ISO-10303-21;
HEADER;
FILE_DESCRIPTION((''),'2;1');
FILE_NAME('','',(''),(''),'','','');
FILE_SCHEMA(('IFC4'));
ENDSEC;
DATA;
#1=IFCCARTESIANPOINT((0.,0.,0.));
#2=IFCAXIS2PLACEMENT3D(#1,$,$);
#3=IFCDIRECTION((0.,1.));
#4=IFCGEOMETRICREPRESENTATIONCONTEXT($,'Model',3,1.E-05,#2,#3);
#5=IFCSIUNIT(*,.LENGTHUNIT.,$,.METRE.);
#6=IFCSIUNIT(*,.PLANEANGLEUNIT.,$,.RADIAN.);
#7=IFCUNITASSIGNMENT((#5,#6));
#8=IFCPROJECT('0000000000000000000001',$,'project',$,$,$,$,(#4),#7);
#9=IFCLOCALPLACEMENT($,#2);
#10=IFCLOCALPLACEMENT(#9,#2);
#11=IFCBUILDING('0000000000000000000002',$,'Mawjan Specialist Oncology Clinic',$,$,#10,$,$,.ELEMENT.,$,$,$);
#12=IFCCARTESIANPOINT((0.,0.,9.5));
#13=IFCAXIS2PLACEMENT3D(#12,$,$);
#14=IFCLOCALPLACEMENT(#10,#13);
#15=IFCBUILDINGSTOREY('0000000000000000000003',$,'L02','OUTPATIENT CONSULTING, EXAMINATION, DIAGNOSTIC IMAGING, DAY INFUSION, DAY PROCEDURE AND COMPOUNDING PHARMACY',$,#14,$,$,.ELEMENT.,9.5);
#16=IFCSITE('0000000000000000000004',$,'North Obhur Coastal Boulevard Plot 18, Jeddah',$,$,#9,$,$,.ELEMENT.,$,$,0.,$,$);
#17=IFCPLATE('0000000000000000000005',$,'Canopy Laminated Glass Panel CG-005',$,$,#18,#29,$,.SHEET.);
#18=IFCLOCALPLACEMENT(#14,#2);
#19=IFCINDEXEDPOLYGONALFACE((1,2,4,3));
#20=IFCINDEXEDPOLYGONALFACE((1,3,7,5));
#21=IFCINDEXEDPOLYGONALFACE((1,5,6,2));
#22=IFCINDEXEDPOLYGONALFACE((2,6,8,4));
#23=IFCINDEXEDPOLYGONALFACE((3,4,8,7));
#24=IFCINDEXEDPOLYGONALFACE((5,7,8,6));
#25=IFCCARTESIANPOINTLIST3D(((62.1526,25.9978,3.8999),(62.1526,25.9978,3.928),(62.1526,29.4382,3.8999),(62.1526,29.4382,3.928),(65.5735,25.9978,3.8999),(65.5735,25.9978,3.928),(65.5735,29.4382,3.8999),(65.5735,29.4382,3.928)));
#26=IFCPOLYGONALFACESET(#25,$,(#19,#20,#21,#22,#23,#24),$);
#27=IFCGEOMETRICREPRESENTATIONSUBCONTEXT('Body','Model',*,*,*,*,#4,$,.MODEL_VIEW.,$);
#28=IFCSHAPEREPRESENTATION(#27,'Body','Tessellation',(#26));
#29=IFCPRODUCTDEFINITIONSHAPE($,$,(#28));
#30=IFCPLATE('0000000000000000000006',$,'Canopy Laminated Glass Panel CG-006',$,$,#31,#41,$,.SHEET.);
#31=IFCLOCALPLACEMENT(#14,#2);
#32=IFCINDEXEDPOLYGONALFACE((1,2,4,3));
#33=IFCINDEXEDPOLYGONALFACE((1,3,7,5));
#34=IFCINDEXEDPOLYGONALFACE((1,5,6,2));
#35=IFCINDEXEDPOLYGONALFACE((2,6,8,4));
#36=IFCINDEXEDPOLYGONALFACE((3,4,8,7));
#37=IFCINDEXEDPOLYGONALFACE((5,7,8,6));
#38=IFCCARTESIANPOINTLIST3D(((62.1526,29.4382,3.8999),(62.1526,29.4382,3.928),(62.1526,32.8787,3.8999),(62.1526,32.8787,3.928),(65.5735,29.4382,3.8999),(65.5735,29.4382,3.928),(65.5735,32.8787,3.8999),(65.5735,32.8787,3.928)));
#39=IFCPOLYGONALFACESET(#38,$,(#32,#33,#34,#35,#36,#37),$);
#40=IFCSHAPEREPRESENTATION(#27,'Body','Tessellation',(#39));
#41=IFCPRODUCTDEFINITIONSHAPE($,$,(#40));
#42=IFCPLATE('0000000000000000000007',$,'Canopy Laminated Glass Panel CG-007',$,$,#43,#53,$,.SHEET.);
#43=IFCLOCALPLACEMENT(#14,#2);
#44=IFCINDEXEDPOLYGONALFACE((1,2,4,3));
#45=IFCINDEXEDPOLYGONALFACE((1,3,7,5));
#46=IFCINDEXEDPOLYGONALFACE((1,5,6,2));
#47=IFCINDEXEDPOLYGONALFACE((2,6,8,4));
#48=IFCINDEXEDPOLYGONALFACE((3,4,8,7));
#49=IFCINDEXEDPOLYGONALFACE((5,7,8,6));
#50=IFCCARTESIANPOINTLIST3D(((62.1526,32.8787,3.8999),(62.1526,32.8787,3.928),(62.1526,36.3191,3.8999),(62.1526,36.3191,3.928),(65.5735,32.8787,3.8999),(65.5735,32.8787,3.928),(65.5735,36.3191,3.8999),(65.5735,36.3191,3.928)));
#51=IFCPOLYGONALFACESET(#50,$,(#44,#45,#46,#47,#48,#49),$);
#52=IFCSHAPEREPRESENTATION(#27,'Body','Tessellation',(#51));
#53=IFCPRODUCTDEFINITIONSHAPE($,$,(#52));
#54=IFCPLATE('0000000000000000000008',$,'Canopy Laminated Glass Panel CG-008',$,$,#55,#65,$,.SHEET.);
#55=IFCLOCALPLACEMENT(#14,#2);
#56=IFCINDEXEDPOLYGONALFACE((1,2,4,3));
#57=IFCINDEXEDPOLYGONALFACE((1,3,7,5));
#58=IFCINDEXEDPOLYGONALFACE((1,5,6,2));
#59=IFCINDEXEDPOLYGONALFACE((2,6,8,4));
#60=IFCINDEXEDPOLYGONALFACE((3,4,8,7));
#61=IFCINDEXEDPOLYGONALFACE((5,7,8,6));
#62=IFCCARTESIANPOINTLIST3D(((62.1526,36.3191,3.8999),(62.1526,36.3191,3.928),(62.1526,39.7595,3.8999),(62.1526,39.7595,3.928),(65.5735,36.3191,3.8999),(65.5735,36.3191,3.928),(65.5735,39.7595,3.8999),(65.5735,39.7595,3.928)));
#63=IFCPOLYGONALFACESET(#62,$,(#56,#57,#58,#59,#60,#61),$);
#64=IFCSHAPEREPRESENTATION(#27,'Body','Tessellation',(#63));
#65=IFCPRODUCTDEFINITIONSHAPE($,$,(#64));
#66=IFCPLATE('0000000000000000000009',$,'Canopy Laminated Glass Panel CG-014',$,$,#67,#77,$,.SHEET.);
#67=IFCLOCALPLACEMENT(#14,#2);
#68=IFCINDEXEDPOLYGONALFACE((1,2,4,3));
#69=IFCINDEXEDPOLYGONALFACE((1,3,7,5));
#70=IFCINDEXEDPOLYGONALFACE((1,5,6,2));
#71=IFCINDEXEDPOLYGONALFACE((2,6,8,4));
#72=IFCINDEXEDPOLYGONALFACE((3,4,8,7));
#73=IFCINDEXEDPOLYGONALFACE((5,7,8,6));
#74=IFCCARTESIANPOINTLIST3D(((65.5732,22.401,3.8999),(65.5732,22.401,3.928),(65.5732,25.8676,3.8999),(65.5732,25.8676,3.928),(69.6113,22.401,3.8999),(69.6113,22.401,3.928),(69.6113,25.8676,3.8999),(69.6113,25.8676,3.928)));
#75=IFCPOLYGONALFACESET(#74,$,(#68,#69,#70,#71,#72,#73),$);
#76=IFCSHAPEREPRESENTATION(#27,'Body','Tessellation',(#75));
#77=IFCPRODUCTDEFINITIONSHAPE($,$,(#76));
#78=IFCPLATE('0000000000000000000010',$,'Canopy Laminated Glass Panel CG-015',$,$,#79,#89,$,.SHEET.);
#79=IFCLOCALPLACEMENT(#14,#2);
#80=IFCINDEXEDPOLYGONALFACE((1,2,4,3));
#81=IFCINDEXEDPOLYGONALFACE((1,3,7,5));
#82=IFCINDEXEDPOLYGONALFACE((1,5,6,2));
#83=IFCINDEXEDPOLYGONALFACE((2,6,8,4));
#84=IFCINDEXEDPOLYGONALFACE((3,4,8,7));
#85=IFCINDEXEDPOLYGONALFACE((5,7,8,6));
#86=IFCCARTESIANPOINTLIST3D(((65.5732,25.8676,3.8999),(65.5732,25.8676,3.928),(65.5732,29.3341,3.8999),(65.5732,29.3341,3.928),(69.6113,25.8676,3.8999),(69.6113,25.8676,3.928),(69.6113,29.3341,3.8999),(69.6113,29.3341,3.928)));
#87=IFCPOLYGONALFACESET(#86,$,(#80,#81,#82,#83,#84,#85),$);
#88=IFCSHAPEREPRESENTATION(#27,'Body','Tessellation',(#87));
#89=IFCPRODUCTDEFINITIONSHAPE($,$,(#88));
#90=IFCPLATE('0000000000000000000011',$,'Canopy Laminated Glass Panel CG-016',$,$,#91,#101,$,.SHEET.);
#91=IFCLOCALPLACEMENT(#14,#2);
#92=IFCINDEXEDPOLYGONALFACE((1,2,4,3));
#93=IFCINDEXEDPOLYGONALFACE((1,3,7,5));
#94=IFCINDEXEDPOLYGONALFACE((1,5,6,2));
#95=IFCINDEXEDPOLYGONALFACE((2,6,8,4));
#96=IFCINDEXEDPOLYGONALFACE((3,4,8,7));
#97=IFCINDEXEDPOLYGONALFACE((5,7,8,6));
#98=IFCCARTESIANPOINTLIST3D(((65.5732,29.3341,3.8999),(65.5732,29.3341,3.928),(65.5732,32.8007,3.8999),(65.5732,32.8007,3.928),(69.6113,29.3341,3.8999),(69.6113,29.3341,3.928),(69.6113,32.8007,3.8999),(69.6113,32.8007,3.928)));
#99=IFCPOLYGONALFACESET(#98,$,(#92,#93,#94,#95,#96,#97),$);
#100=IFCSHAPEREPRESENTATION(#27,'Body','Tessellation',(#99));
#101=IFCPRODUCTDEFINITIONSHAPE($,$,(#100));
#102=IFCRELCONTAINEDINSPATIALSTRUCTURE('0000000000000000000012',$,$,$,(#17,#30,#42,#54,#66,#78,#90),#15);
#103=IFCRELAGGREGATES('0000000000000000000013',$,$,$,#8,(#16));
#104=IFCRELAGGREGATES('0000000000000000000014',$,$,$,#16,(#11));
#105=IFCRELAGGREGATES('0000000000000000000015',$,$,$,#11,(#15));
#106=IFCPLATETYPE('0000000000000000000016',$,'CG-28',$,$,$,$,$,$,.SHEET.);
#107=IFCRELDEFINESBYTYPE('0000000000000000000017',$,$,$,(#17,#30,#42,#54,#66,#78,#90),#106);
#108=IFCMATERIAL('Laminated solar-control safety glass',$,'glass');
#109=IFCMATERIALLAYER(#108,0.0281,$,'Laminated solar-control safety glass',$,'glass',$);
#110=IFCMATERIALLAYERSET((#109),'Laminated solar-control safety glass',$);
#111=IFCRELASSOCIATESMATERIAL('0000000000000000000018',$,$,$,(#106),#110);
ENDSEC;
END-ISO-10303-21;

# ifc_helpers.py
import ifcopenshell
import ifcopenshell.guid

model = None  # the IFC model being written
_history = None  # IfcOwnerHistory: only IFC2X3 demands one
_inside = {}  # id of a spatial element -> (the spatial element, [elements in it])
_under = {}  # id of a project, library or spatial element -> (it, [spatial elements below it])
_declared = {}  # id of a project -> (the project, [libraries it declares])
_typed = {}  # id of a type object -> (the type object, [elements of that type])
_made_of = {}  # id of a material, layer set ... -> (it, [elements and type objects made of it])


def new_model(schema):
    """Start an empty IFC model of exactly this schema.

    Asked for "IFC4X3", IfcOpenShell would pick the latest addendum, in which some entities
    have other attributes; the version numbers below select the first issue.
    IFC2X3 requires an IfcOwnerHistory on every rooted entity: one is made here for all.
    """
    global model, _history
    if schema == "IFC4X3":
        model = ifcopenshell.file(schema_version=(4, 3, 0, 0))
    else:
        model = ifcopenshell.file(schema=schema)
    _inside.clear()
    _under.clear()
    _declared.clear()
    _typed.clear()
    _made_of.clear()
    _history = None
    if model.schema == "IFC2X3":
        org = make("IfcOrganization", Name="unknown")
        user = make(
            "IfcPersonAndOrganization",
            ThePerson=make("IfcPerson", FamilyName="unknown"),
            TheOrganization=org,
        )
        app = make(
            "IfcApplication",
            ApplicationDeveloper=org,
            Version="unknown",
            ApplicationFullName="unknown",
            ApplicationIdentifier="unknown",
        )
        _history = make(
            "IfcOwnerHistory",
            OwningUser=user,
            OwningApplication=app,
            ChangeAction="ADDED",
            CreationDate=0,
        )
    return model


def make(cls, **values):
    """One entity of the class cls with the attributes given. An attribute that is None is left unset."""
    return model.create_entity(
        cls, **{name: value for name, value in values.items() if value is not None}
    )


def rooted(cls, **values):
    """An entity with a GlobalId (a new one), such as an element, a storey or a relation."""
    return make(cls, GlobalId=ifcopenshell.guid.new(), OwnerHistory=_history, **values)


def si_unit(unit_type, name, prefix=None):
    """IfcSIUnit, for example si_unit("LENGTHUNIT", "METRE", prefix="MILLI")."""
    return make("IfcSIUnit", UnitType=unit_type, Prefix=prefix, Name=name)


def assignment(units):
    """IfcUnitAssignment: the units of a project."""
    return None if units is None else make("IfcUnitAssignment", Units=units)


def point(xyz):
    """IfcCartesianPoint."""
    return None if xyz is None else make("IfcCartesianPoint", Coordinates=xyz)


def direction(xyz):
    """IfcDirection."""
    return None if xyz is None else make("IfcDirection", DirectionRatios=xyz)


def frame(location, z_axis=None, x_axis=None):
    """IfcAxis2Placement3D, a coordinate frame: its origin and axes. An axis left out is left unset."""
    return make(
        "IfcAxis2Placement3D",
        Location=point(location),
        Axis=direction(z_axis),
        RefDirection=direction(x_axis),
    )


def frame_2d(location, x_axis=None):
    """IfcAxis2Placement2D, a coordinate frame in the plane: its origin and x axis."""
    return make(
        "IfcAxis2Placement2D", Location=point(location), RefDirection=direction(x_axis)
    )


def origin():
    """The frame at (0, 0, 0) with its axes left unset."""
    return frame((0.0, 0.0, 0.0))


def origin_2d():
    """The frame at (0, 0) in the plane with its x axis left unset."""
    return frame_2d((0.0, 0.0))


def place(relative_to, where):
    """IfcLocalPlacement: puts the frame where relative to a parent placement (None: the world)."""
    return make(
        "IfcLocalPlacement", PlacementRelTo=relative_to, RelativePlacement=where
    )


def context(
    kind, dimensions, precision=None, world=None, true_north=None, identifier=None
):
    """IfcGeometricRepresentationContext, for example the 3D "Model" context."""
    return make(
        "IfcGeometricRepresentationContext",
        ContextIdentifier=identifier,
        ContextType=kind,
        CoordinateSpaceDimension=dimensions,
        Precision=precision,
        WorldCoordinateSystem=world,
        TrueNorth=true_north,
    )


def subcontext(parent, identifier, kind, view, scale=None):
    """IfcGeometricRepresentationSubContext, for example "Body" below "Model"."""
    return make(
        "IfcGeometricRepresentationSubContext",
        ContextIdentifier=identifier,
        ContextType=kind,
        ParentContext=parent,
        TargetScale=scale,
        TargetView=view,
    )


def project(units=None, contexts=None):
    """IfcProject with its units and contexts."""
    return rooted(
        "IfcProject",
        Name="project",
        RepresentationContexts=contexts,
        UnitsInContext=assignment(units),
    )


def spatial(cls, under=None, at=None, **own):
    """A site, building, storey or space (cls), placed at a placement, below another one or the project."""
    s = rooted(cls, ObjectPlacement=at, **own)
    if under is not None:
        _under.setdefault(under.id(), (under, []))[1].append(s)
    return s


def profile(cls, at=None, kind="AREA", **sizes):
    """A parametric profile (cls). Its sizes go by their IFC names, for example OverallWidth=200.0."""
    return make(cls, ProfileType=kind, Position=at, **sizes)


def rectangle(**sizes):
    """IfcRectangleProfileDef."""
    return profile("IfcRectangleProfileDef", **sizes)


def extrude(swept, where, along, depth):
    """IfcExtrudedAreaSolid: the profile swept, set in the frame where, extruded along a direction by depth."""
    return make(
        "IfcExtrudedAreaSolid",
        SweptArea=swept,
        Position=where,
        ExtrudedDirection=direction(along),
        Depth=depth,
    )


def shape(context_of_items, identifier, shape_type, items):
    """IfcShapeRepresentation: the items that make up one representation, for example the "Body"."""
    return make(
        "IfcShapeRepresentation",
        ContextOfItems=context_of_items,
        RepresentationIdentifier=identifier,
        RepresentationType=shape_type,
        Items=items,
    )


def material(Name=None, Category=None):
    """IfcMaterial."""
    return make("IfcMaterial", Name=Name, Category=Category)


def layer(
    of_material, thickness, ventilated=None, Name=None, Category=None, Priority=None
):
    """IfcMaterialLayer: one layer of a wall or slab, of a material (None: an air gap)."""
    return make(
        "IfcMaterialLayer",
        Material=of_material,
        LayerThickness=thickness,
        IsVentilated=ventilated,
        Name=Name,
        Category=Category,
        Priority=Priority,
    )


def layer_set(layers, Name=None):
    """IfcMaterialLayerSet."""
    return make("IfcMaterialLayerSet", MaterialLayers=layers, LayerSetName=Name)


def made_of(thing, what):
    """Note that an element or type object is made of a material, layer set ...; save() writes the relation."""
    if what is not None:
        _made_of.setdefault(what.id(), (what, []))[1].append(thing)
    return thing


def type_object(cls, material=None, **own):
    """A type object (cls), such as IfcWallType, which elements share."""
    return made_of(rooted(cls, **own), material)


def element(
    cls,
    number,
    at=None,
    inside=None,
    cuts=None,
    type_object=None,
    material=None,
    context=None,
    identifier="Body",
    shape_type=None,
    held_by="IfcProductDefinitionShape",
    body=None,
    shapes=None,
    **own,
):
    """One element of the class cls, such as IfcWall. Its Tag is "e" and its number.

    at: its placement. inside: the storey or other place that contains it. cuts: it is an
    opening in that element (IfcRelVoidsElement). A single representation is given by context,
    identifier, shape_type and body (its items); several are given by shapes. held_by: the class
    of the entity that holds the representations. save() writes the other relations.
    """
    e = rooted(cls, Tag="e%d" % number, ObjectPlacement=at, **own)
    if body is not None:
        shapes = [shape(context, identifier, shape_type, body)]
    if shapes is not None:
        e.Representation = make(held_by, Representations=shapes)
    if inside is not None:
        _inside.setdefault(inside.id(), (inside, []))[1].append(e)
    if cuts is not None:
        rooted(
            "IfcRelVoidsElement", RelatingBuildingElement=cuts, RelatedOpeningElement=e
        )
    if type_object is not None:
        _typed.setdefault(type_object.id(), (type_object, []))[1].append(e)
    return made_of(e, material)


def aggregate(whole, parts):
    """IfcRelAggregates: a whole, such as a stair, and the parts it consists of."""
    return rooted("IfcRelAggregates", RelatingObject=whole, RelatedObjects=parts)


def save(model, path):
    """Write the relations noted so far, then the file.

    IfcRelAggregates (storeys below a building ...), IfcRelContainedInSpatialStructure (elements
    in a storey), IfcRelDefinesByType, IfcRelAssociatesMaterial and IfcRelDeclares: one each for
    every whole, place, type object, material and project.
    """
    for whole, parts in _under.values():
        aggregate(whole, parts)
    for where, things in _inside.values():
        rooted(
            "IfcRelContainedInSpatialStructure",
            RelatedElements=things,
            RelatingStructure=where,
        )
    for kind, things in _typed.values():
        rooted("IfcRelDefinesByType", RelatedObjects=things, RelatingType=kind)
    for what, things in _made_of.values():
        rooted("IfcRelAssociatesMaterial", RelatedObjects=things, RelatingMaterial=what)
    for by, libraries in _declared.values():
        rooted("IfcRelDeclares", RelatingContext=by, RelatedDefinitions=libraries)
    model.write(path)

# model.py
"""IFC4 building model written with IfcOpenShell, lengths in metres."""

from ifc_helpers import new_model, si_unit, direction, frame, origin, origin_2d, place, context, subcontext, project, spatial, rectangle, extrude, material, layer, layer_set, type_object, element, save


model = new_model("IFC4")

# Units and contexts
model_context = context("Model", 3, precision=1e-05, world=origin(), true_north=direction((0.0, 1.0)))
body_context = subcontext(model_context, "Body", "Model", "MODEL_VIEW")
ifc_project = project(units=[si_unit("LENGTHUNIT", "METRE"), si_unit("PLANEANGLEUNIT", "RADIAN")], contexts=[model_context])

# Site, building, storey
site_placement = place(None, origin())
site = spatial("IfcSite", under=ifc_project, at=site_placement, Name="North Obhur Coastal Boulevard Plot 18, Jeddah", CompositionType="ELEMENT", RefElevation=0.0)
building_placement = place(site_placement, origin())
building = spatial("IfcBuilding", under=site, at=building_placement, Name="Mawjan Specialist Oncology Clinic", CompositionType="ELEMENT")
storey_placement = place(building_placement, frame((0.0, 0.0, 9.5)))
storey = spatial("IfcBuildingStorey", under=building, at=storey_placement, Name="L02", Description="OUTPATIENT CONSULTING, EXAMINATION, DIAGNOSTIC IMAGING, DAY INFUSION, DAY PROCEDURE AND COMPOUNDING PHARMACY", CompositionType="ELEMENT", Elevation=9.5)

# Plates
ifc_material_1 = material(Name="Laminated solar-control safety glass", Category="glass")
ifc_layer = layer(ifc_material_1, 0.0281, Name="Laminated solar-control safety glass", Category="glass")
ifc_layer_set = layer_set([ifc_layer], Name="Laminated solar-control safety glass")
plate_type = type_object("IfcPlateType", Name="CG-28", PredefinedType="SHEET", material=ifc_layer_set)
for number, where, z_axis, x_axis, name in (
    (1, (63.863, 27.718, 3.8999), (0.0, 0.0, 1.0), (1.0, 0.0, 0.0), "Canopy Laminated Glass Panel CG-005"),
    (2, (63.863, 31.1584, 3.8999), (0.0, 0.0, 1.0), (1.0, 0.0, 0.0), "Canopy Laminated Glass Panel CG-006"),
    (3, (63.863, 34.5989, 3.8999), (0.0, 0.0, 1.0), (1.0, 0.0, 0.0), "Canopy Laminated Glass Panel CG-007"),
    (4, (63.863, 38.0393, 3.8999), (0.0, 0.0, 1.0), (1.0, 0.0, 0.0), "Canopy Laminated Glass Panel CG-008"),
):
    element("IfcPlate", number, at=place(storey_placement, frame(where, z_axis=z_axis, x_axis=x_axis)), inside=storey, type_object=plate_type, Name=name, PredefinedType="SHEET", context=body_context, shape_type="SweptSolid", body=[
        extrude(rectangle(XDim=3.4209, YDim=3.4404, at=origin_2d()), origin(), (0.0, 0.0, 1.0), 0.0281),
    ])
for number, where, z_axis, x_axis, name in (
    (5, (67.5923, 24.1343, 3.8999), (0.0, 0.0, 1.0), (1.0, 0.0, 0.0), "Canopy Laminated Glass Panel CG-014"),
    (6, (67.5923, 27.6008, 3.8999), (0.0, 0.0, 1.0), (1.0, 0.0, 0.0), "Canopy Laminated Glass Panel CG-015"),
    (7, (67.5923, 31.0674, 3.8999), (0.0, 0.0, 1.0), (1.0, 0.0, 0.0), "Canopy Laminated Glass Panel CG-016"),
):
    element("IfcPlate", number, at=place(storey_placement, frame(where, z_axis=z_axis, x_axis=x_axis)), inside=storey, type_object=plate_type, Name=name, PredefinedType="SHEET", context=body_context, shape_type="SweptSolid", body=[
        extrude(rectangle(XDim=4.0381, YDim=3.4666, at=origin_2d()), origin(), (0.0, 0.0, 1.0), 0.0281),
    ])

save(model, "model.ifc")
